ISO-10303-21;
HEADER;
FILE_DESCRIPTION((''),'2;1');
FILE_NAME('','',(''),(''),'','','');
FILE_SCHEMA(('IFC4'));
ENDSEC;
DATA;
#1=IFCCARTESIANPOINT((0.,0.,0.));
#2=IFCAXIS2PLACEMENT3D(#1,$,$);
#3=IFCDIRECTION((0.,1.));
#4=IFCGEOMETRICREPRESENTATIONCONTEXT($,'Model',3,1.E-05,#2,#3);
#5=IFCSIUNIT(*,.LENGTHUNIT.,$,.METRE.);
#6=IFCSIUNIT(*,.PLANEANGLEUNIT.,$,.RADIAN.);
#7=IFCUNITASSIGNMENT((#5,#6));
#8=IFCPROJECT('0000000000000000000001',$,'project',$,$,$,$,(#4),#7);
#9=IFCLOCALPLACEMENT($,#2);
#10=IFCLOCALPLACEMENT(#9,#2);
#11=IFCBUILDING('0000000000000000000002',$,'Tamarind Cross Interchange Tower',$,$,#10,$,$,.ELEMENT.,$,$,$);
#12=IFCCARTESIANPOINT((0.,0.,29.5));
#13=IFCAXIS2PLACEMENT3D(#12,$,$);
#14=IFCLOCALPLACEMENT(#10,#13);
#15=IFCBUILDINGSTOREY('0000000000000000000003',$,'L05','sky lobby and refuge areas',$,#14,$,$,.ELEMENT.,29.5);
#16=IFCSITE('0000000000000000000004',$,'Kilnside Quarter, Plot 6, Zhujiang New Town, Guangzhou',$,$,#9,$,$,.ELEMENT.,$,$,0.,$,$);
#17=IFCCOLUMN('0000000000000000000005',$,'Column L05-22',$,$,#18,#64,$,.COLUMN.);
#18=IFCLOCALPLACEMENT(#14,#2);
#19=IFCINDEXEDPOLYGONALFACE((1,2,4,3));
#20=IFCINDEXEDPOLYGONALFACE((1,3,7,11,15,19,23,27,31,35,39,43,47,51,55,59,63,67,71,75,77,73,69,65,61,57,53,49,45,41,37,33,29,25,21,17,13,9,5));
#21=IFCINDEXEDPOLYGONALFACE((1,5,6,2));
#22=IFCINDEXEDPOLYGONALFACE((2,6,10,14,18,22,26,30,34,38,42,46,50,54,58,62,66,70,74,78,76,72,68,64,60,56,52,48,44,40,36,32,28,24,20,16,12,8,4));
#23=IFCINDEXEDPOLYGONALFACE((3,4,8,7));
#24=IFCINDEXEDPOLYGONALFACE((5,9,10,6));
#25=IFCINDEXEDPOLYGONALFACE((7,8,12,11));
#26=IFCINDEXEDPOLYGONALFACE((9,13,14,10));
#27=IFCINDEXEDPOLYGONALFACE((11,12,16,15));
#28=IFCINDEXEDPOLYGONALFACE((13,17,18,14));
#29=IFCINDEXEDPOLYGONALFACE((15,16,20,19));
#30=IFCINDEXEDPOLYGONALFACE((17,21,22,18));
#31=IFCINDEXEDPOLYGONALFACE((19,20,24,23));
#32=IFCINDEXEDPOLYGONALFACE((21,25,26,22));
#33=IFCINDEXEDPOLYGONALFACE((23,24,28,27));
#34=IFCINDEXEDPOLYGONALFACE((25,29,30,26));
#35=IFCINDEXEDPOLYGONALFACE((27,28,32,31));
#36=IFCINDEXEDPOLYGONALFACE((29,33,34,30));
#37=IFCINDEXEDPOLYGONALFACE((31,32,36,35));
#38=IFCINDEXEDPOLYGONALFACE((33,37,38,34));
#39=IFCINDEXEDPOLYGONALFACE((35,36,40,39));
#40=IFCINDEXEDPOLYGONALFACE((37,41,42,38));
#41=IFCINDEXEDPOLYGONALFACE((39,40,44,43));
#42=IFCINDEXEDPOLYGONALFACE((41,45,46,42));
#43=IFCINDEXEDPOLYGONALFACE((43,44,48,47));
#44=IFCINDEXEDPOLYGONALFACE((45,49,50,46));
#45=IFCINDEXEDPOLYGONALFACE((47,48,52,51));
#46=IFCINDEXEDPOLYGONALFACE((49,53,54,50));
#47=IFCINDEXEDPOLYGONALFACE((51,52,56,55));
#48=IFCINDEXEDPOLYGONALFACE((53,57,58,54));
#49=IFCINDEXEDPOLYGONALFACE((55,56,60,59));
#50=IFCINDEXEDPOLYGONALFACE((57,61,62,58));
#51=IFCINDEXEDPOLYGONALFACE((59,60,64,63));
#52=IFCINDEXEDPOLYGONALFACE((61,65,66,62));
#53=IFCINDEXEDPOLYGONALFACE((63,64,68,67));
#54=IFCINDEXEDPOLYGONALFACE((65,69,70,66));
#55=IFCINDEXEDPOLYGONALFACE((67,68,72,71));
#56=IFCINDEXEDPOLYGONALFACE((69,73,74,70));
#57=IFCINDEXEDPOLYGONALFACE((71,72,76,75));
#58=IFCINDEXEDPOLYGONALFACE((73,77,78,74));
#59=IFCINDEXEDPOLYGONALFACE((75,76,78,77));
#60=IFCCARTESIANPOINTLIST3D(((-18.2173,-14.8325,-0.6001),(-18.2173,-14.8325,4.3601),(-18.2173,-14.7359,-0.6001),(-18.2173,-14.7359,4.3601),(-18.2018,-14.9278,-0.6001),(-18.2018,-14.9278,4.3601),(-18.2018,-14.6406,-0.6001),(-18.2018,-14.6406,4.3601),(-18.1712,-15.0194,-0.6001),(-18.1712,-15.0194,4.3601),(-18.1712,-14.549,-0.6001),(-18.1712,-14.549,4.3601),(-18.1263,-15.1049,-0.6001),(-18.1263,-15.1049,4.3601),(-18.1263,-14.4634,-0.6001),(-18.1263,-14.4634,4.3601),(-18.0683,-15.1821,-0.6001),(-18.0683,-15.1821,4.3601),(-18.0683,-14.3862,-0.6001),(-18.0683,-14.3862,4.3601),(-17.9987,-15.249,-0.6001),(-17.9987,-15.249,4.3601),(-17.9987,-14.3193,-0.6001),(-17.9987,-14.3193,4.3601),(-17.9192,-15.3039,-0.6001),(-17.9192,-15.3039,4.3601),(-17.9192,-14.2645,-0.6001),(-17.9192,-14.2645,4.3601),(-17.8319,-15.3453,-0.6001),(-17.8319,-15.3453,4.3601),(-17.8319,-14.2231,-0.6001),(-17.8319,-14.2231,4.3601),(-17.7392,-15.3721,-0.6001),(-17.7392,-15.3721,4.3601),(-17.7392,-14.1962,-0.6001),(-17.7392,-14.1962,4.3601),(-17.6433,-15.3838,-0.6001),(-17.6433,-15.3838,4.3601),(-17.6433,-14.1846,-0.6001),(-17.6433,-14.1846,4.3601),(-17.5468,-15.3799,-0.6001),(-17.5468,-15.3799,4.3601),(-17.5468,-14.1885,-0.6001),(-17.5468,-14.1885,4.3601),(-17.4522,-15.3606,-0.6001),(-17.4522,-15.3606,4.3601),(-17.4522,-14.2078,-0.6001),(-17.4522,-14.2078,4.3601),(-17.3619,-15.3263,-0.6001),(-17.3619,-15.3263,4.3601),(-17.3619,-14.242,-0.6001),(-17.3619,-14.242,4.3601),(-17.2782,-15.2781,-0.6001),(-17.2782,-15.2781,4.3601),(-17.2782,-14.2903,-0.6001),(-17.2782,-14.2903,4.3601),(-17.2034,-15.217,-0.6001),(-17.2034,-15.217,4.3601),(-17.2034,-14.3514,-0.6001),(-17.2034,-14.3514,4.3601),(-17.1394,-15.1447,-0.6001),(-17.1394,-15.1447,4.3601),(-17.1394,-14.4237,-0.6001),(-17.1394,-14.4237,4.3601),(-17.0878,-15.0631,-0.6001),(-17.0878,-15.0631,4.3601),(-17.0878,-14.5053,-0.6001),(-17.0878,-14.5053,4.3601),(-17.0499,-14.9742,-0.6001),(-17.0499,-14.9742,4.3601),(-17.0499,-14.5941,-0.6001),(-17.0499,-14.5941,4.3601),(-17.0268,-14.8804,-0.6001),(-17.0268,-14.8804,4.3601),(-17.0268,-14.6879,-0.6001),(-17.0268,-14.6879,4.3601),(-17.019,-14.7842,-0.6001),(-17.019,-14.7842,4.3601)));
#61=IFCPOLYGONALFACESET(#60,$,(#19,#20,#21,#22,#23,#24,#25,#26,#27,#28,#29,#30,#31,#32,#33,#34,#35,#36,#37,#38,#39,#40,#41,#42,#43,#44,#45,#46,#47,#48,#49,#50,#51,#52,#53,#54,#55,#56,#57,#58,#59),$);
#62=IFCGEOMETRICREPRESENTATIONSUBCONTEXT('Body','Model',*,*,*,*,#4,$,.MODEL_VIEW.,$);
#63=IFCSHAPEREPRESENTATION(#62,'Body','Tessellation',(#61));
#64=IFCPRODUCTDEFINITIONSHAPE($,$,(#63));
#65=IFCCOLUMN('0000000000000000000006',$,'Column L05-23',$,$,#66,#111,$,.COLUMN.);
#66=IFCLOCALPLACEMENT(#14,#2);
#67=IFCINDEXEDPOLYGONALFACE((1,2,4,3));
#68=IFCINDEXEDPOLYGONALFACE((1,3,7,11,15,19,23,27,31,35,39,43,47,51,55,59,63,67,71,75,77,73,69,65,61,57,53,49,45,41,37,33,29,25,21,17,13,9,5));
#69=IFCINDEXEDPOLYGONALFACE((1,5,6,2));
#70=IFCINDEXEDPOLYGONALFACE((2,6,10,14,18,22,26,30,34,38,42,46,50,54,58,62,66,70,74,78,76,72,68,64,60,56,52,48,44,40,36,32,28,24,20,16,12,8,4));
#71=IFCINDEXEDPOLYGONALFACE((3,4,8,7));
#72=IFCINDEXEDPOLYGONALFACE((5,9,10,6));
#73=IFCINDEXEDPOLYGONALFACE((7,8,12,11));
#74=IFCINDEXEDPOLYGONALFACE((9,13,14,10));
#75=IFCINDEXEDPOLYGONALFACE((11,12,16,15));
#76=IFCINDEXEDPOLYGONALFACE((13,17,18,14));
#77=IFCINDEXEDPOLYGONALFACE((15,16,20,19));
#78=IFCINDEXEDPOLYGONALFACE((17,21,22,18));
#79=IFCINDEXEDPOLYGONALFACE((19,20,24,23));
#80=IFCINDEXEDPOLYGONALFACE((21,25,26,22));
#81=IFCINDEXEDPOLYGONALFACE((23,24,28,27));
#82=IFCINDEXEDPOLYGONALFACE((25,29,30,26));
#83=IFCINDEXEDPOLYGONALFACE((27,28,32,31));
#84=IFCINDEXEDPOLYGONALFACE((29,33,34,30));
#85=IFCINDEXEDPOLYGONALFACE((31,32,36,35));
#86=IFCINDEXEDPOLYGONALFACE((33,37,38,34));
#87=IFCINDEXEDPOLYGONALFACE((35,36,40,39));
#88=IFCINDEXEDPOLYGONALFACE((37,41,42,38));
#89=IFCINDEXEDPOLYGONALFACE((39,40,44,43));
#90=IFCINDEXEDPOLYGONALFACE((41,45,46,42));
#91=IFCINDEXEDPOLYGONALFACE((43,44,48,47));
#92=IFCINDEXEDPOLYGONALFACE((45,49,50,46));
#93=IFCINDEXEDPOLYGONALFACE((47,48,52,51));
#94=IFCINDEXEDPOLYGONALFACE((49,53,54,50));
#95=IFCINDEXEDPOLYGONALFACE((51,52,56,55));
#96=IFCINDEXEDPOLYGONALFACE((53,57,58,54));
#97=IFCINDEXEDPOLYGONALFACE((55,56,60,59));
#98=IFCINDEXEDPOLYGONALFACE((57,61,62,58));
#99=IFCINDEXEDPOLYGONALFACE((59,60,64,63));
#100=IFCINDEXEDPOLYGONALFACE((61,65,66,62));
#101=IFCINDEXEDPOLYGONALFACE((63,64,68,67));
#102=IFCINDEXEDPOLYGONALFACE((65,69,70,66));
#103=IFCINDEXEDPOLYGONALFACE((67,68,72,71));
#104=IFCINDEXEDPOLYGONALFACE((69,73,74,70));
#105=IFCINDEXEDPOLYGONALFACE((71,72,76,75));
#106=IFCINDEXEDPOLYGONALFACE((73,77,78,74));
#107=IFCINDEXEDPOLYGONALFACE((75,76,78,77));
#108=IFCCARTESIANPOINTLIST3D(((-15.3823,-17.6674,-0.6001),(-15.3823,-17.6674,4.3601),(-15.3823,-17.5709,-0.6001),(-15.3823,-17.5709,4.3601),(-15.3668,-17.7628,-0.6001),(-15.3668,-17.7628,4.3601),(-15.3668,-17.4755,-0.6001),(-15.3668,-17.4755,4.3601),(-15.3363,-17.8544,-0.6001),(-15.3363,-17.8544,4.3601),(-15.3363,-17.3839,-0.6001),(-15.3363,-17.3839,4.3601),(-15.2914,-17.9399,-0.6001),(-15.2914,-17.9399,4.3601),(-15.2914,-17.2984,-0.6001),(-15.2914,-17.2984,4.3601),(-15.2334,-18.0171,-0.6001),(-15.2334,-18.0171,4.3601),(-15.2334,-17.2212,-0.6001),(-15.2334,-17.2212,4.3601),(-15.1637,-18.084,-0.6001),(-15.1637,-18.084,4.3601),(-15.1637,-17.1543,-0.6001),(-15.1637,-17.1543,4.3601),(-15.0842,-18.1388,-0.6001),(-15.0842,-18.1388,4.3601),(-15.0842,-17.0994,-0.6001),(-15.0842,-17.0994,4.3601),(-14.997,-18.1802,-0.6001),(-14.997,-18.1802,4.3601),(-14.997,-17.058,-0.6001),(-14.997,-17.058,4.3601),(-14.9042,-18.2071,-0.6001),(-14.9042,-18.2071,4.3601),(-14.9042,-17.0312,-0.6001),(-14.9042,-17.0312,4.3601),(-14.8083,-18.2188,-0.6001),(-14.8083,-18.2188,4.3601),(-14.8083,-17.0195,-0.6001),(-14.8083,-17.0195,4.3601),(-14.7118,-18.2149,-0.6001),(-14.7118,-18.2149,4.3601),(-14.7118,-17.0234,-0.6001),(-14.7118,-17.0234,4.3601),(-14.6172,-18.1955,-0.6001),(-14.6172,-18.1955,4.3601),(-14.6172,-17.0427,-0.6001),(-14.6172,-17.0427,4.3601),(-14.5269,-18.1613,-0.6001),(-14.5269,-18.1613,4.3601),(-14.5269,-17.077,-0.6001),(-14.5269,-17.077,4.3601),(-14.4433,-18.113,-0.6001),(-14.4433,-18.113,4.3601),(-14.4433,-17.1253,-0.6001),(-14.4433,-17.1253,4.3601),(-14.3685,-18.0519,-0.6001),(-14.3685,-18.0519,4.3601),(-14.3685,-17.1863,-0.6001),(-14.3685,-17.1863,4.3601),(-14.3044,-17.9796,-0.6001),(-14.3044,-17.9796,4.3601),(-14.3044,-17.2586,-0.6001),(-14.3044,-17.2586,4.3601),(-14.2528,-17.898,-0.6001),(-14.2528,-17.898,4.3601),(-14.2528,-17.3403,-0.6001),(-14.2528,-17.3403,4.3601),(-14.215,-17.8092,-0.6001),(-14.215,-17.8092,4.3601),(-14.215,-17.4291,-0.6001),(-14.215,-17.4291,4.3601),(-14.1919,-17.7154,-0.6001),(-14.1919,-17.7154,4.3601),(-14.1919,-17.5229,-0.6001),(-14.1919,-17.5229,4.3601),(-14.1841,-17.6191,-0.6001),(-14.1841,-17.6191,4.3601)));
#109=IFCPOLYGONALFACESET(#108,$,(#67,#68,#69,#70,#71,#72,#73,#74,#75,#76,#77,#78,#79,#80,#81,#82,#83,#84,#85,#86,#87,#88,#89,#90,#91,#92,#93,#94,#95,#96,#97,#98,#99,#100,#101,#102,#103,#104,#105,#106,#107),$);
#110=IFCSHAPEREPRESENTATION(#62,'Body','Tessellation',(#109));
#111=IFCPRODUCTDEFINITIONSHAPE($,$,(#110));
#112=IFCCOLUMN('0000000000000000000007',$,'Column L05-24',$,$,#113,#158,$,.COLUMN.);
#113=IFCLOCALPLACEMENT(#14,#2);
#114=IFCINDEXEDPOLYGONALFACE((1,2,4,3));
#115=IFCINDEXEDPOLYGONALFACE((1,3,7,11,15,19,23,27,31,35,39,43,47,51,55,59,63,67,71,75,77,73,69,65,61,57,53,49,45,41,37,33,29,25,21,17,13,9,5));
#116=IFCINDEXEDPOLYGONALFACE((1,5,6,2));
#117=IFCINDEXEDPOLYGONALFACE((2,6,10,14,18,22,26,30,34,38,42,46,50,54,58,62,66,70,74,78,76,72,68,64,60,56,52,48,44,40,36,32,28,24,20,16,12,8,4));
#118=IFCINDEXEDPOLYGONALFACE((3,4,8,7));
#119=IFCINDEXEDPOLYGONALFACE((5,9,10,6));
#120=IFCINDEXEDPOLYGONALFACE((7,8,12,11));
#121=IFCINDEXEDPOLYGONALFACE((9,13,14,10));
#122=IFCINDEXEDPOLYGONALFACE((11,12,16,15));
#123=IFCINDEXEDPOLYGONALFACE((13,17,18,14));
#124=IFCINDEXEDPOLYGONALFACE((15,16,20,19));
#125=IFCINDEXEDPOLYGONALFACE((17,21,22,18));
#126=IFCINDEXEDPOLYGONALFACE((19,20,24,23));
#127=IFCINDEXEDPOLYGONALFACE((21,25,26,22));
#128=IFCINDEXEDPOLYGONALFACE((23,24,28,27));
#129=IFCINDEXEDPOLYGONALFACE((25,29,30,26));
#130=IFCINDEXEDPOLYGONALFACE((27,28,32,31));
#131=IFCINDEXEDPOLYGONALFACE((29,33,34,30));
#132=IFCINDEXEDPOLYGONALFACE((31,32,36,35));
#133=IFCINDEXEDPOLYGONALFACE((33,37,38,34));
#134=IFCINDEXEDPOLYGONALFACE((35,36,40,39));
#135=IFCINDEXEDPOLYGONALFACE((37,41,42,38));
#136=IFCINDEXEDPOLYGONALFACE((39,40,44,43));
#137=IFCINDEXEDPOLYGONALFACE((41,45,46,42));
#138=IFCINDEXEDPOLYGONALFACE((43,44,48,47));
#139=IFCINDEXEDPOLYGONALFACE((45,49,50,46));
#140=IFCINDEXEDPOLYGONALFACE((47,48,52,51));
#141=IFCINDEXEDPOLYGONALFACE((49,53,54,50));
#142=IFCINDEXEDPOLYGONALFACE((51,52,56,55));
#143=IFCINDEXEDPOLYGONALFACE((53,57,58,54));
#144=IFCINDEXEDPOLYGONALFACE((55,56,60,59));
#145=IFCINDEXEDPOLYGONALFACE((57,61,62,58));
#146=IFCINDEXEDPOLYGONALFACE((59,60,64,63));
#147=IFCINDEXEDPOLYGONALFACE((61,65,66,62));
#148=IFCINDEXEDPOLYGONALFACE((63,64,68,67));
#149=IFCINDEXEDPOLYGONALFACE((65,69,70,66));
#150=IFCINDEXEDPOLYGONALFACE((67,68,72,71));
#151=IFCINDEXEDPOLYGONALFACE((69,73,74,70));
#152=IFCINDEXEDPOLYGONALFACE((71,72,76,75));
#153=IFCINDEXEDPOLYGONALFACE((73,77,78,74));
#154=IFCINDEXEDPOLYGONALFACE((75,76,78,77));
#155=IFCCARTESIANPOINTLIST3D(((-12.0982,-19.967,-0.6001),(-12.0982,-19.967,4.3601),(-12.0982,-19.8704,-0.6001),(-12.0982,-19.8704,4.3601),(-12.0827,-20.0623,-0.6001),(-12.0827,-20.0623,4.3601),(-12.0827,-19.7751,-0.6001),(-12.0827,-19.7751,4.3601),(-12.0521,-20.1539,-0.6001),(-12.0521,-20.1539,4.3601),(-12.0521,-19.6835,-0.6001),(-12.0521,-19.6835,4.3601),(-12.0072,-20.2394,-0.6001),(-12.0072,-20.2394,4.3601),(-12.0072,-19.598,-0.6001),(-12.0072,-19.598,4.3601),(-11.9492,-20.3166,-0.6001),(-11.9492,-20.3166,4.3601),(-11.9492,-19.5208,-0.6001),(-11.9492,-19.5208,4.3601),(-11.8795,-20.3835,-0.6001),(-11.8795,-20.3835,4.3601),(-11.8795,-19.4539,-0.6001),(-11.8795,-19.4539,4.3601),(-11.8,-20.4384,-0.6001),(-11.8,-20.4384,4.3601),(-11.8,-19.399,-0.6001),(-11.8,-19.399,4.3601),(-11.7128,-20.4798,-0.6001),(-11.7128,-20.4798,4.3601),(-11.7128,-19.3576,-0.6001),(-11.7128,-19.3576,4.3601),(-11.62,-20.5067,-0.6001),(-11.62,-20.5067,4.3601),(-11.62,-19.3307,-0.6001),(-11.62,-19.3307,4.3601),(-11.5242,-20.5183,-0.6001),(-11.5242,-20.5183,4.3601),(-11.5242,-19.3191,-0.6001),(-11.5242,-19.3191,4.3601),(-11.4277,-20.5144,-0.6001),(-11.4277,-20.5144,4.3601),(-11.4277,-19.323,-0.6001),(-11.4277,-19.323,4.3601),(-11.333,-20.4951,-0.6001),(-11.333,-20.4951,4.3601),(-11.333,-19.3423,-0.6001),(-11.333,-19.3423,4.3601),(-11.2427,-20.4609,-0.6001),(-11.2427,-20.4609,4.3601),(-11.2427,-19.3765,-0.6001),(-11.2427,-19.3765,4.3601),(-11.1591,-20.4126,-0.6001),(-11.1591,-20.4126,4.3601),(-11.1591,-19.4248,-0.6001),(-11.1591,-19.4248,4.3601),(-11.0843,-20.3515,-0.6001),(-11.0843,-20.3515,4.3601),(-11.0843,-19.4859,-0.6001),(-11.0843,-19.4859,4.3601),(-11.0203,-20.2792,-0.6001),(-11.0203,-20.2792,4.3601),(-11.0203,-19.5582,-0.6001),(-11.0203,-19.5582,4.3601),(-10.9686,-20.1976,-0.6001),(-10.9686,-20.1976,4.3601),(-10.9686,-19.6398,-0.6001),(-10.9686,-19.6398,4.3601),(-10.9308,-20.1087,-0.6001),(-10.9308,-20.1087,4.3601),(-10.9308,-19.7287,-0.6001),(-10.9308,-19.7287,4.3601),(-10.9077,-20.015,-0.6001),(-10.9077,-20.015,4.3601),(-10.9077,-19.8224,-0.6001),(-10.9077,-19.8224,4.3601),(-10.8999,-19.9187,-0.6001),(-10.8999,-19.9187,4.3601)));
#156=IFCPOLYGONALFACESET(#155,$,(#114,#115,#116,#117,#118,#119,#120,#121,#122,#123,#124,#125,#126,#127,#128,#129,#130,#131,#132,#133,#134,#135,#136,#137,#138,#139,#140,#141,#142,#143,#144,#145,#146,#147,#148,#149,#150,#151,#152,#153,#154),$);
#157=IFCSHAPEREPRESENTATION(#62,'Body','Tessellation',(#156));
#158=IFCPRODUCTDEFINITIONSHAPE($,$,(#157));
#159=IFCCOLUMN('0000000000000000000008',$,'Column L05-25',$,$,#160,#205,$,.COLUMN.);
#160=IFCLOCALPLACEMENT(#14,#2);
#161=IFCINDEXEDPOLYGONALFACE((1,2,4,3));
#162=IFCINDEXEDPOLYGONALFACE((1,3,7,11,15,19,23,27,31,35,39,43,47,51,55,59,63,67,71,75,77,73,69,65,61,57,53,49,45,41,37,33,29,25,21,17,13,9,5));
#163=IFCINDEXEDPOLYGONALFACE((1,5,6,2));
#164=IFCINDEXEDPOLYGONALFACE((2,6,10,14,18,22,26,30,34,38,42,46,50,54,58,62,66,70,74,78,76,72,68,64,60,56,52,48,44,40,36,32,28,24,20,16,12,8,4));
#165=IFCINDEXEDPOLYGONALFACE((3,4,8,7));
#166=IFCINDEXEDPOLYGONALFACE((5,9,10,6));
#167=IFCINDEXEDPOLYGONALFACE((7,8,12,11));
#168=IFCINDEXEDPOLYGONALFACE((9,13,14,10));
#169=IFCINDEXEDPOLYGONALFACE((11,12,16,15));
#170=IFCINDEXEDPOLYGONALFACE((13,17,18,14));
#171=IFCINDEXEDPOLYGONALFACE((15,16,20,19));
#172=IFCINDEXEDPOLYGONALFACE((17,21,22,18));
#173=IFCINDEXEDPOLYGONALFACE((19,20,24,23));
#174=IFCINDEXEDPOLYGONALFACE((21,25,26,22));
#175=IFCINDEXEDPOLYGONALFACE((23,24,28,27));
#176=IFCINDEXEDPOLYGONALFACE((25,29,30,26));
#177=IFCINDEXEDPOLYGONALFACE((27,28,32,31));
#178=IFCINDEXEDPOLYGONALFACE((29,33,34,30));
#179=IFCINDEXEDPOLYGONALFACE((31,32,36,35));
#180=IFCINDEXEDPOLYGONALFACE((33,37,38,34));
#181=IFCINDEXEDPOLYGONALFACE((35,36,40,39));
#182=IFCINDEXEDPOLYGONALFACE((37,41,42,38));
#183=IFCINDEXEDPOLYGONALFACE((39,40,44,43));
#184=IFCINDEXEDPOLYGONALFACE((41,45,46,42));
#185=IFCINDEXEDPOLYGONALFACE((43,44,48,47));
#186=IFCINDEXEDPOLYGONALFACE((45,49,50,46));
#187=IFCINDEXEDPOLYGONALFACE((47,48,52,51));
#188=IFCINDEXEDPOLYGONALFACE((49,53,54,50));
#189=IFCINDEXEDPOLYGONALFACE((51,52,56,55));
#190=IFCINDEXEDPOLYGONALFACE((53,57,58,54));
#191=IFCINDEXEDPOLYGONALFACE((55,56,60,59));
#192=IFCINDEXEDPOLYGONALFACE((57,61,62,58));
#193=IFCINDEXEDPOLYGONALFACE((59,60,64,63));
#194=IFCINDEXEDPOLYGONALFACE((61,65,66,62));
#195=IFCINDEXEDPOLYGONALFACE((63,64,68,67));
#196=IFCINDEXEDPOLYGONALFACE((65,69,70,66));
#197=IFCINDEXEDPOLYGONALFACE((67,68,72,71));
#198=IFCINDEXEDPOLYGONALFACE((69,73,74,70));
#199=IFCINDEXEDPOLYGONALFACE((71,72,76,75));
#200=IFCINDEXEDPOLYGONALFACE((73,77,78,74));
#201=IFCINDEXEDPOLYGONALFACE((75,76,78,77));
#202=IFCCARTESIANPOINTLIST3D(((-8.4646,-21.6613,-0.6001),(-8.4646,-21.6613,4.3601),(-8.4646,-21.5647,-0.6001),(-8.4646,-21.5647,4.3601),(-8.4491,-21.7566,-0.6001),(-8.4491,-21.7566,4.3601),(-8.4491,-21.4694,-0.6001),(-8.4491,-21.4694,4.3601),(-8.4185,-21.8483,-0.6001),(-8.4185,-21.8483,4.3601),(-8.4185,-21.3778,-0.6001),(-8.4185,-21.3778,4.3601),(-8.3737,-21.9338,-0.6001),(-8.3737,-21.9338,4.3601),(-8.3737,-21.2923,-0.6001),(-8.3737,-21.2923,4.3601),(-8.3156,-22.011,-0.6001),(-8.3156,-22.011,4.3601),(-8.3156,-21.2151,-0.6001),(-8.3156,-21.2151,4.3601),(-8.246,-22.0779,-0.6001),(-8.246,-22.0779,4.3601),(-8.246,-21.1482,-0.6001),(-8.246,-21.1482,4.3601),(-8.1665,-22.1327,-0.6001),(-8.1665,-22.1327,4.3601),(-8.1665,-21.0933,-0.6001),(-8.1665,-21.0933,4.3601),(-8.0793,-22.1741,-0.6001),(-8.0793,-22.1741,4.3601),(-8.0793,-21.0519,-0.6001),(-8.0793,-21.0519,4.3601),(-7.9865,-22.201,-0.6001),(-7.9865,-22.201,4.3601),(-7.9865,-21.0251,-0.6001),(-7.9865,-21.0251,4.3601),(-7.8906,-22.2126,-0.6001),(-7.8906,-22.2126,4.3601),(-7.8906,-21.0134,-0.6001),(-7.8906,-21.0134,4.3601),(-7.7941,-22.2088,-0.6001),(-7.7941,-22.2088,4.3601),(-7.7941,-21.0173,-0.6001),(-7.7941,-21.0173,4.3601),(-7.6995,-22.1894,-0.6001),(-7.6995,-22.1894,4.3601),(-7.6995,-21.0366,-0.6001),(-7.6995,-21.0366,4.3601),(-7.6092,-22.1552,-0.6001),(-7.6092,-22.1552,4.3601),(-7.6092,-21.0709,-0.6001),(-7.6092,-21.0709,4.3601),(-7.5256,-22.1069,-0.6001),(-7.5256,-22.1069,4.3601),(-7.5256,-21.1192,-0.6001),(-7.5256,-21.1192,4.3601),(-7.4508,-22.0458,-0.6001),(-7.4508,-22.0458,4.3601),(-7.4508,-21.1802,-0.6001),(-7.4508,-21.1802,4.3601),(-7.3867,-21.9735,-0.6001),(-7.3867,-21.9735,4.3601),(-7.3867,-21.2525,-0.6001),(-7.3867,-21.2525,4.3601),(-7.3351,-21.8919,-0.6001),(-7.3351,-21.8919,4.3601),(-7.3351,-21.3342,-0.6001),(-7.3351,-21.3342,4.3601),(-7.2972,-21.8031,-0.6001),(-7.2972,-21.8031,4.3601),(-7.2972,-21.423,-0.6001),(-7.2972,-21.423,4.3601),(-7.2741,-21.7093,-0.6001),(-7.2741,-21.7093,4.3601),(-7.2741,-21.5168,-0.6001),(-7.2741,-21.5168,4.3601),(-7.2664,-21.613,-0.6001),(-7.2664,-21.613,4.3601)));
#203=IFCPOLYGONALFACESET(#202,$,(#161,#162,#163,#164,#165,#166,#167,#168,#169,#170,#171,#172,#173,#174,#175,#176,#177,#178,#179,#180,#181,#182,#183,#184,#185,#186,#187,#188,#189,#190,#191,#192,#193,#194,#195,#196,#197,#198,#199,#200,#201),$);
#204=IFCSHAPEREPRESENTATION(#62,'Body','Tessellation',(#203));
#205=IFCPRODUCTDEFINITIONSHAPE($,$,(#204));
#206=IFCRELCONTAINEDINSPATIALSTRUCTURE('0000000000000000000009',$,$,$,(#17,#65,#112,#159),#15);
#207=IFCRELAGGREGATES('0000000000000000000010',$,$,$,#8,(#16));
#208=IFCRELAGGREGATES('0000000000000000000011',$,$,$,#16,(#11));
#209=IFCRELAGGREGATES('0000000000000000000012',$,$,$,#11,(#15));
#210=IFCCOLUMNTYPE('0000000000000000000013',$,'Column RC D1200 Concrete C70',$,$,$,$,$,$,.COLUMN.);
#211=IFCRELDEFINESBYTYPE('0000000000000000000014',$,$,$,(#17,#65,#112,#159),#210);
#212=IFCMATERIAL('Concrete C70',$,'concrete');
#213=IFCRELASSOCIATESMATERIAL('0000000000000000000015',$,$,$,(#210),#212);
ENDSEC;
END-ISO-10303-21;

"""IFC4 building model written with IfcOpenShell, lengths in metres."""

from ifc_helpers import new_model, si_unit, direction, frame, origin, origin_2d, place, context, subcontext, project, spatial, circle, extrude, material, material_profile, profile_set, type_object, element, save


model = new_model("IFC4")

# Units and contexts
model_context = context("Model", 3, precision=1e-05, world=origin(), true_north=direction((0.0, 1.0)))
body_context = subcontext(model_context, "Body", "Model", "MODEL_VIEW")
ifc_project = project(units=[si_unit("LENGTHUNIT", "METRE"), si_unit("PLANEANGLEUNIT", "RADIAN")], contexts=[model_context])

# Site, building, storey
site_placement = place(None, origin())
site = spatial("IfcSite", under=ifc_project, at=site_placement, Name="Kilnside Quarter, Plot 6, Zhujiang New Town, Guangzhou", CompositionType="ELEMENT", RefElevation=0.0)
building_placement = place(site_placement, origin())
building = spatial("IfcBuilding", under=site, at=building_placement, Name="Tamarind Cross Interchange Tower", CompositionType="ELEMENT")
storey_placement = place(building_placement, frame((0.0, 0.0, 29.5)))
storey = spatial("IfcBuildingStorey", under=building, at=storey_placement, Name="L05", Description="sky lobby and refuge areas", CompositionType="ELEMENT", Elevation=29.5)

# Columns
ifc_material_1 = material(Name="Concrete C70", Category="concrete")
ifc_material_profile_1 = material_profile(ifc_material_1, circle(Radius=0.6001, at=origin_2d()), Name="RC D1200")
ifc_profile_set_1 = profile_set([ifc_material_profile_1], Name="Concrete C70")
column_type = type_object("IfcColumnType", Name="Column RC D1200 Concrete C70", PredefinedType="COLUMN", material=ifc_profile_set_1)
for number, where, z_axis, x_axis, name in (
    (1, (-17.6191, -14.7842, -0.6001), (0.0, 0.0, 1.0), (1.0, 0.0, 0.0), "Column L05-22"),
    (2, (-14.7842, -17.6191, -0.6001), (0.0, 0.0, 1.0), (1.0, 0.0, 0.0), "Column L05-23"),
    (3, (-11.5, -19.9187, -0.6001), (0.0, 0.0, 1.0), (1.0, 0.0, 0.0), "Column L05-24"),
    (4, (-7.8665, -21.613, -0.6001), (0.0, 0.0, 1.0), (1.0, 0.0, 0.0), "Column L05-25"),
):
    element("IfcColumn", number, at=place(storey_placement, frame(where, z_axis=z_axis, x_axis=x_axis)), inside=storey, type_object=column_type, Name=name, PredefinedType="COLUMN", context=body_context, shape_type="SweptSolid", body=[
        extrude(circle(Radius=0.6001, at=origin_2d()), origin(), (0.0, 0.0, 1.0), 4.9602),
    ])

save(model, "model.ifc")
